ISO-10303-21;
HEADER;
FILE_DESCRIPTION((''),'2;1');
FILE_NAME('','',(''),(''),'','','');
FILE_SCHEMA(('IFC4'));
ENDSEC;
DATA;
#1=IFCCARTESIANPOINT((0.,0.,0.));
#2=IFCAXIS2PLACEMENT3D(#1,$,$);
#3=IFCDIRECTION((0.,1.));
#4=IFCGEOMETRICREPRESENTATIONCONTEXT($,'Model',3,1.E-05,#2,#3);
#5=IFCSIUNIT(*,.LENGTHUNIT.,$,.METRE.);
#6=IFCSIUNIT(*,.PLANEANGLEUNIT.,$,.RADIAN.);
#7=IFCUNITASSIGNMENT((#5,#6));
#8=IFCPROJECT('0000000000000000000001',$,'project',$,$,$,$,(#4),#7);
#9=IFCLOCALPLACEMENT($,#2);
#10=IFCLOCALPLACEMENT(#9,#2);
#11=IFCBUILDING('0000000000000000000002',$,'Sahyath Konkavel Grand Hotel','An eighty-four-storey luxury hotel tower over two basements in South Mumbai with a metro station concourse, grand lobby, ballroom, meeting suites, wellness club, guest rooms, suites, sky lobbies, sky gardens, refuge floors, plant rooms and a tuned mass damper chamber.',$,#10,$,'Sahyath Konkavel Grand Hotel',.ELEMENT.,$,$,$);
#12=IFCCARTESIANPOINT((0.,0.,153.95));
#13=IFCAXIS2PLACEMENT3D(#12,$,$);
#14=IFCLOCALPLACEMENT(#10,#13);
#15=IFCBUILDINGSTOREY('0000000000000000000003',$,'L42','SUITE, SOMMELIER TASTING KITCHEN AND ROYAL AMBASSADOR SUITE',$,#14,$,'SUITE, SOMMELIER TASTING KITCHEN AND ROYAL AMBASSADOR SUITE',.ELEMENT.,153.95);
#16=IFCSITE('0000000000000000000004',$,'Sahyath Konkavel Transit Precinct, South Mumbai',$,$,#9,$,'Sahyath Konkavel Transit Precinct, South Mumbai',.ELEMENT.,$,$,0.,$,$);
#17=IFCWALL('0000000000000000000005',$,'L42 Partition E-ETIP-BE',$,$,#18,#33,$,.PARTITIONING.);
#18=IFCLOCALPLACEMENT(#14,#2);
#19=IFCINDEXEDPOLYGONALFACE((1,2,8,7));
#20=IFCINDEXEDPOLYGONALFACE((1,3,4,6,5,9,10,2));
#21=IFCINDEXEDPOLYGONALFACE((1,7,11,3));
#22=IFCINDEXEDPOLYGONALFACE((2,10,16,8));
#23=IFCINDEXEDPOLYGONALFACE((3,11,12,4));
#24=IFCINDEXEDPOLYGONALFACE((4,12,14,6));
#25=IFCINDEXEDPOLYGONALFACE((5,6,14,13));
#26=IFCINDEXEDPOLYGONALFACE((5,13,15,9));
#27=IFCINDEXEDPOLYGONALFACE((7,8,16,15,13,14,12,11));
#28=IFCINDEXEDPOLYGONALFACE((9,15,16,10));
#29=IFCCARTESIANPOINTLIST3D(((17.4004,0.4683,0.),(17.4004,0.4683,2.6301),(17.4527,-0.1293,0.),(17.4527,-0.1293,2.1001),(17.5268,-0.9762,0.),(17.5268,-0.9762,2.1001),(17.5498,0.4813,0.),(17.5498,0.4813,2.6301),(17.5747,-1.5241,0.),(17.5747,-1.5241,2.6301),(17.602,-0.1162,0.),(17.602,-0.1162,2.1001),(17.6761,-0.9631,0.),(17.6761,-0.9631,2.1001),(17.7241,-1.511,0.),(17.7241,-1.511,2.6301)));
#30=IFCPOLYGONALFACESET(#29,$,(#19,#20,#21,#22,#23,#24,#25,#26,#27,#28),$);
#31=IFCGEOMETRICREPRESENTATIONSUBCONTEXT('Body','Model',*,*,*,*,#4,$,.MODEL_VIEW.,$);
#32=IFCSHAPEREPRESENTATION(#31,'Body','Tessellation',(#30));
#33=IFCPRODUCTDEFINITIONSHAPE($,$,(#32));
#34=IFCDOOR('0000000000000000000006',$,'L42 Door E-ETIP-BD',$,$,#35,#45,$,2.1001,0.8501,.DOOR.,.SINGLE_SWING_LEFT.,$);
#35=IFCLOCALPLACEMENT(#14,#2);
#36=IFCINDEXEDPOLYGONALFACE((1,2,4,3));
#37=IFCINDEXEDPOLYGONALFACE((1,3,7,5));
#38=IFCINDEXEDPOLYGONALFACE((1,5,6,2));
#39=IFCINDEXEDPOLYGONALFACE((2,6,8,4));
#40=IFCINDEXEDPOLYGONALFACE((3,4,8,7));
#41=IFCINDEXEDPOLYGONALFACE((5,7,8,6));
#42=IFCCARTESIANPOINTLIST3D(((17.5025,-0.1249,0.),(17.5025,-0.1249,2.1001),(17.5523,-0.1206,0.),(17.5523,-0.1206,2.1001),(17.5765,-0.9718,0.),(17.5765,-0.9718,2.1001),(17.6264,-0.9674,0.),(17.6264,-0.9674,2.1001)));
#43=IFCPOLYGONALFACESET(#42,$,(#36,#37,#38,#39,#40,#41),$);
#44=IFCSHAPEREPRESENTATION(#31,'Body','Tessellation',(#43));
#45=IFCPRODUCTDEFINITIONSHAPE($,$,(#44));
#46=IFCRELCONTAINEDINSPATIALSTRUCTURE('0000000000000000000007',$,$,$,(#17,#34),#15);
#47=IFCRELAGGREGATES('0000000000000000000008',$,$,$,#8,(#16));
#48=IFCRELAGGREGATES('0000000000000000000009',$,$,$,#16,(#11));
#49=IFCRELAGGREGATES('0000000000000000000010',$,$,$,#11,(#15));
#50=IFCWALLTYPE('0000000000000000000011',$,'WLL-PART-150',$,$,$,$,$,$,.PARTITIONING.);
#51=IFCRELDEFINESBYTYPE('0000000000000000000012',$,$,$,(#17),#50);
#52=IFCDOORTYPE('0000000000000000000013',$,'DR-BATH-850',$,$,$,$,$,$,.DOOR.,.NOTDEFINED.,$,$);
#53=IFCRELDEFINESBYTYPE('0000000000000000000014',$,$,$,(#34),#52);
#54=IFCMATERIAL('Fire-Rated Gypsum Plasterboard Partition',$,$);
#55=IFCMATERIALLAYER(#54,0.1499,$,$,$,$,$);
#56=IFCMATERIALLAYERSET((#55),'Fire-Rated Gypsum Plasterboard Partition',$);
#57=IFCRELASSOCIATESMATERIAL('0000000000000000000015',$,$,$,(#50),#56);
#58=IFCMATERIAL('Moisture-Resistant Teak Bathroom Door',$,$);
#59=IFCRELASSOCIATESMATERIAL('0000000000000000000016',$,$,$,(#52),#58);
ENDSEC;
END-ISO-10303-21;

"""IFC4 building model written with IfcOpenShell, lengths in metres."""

from ifc_helpers import new_model, si_unit, direction, frame, frame_2d, origin, origin_2d, place, context, subcontext, project, spatial, rectangle, extrude, source, transform, mapped, material, layer, layer_set, type_object, element, fill, save


model = new_model("IFC4")

# Units and contexts
model_context = context("Model", 3, precision=1e-05, world=origin(), true_north=direction((0.0, 1.0)))
body_context = subcontext(model_context, "Body", "Model", "MODEL_VIEW")
ifc_project = project(units=[si_unit("LENGTHUNIT", "METRE"), si_unit("PLANEANGLEUNIT", "RADIAN")], contexts=[model_context])

# Site, building, storey
site_placement = place(None, origin())
site = spatial("IfcSite", under=ifc_project, at=site_placement, Name="Sahyath Konkavel Transit Precinct, South Mumbai", LongName="Sahyath Konkavel Transit Precinct, South Mumbai", CompositionType="ELEMENT", RefElevation=0.0)
building_placement = place(site_placement, origin())
building = spatial("IfcBuilding", under=site, at=building_placement, Name="Sahyath Konkavel Grand Hotel", Description="An eighty-four-storey luxury hotel tower over two basements in South Mumbai with a metro station concourse, grand lobby, ballroom, meeting suites, wellness club, guest rooms, suites, sky lobbies, sky gardens, refuge floors, plant rooms and a tuned mass damper chamber.", LongName="Sahyath Konkavel Grand Hotel", CompositionType="ELEMENT")
storey_placement = place(building_placement, frame((0.0, 0.0, 153.95)))
storey = spatial("IfcBuildingStorey", under=building, at=storey_placement, Name="L42", Description="SUITE, SOMMELIER TASTING KITCHEN AND ROYAL AMBASSADOR SUITE", LongName="SUITE, SOMMELIER TASTING KITCHEN AND ROYAL AMBASSADOR SUITE", CompositionType="ELEMENT", Elevation=153.95)

# Shared definitions
shared_shape_1 = source(origin(), body_context, "Body", "SweptSolid", [
    extrude(rectangle(XDim=0.8501, YDim=0.05, at=origin_2d()), origin(), (0.0, 0.0, 1.0), 2.1001),
])

# Shared definitions
ifc_material_1 = material(Name="Fire-Rated Gypsum Plasterboard Partition")
ifc_layer_1 = layer(ifc_material_1, 0.1499)
ifc_layer_set_1 = layer_set([ifc_layer_1], Name="Fire-Rated Gypsum Plasterboard Partition")
wall_type_1 = type_object("IfcWallType", Name="WLL-PART-150", PredefinedType="PARTITIONING", material=ifc_layer_set_1)

# Wall, opening, door
wall_1_placement = place(storey_placement, frame((17.6494, -1.5176, 0.0), z_axis=(0.0, 0.0, 1.0), x_axis=(-0.087156, 0.996195, 0.0)))
wall_1 = element("IfcWall", 1, at=wall_1_placement, inside=storey, type_object=wall_type_1, Name="L42 Partition E-ETIP-BE", PredefinedType="PARTITIONING", context=body_context, shape_type="SweptSolid", body=[
    extrude(rectangle(XDim=2.0, YDim=0.1499, at=frame_2d((1.0, 0.0))), origin(), (0.0, 0.0, 1.0), 2.6301),
])
opening_1_placement = place(wall_1_placement, frame((0.55, 0.0, 0.0)))
opening_1 = element("IfcOpeningElement", 2, at=opening_1_placement, cuts=wall_1, PredefinedType="OPENING", context=body_context, shape_type="SweptSolid", body=[
    extrude(rectangle(XDim=0.8501, YDim=2.1001, at=frame_2d((0.425, 1.05))), frame((0.0, 0.085, 0.0), z_axis=(0.0, -1.0, 0.0), x_axis=(1.0, 0.0, 0.0)), (0.0, 0.0, 1.0), 0.1699),
])
ifc_material_2 = material(Name="Moisture-Resistant Teak Bathroom Door")
door_type_1 = type_object("IfcDoorType", Name="DR-BATH-850", OperationType="NOTDEFINED", PredefinedType="DOOR", material=ifc_material_2)
door_1_placement = place(opening_1_placement, frame((0.425, 0.0, 0.0)))
door_1 = element("IfcDoor", 3, at=door_1_placement, inside=storey, type_object=door_type_1, Name="L42 Door E-ETIP-BD", OperationType="SINGLE_SWING_LEFT", OverallHeight=2.1001, OverallWidth=0.8501, PredefinedType="DOOR", context=body_context, shape_type="MappedRepresentation", body=[
    mapped(shared_shape_1, transform((0.0, 0.0, 0.0), scale=1.0)),
])
fill(opening_1, door_1)

save(model, "model.ifc")
